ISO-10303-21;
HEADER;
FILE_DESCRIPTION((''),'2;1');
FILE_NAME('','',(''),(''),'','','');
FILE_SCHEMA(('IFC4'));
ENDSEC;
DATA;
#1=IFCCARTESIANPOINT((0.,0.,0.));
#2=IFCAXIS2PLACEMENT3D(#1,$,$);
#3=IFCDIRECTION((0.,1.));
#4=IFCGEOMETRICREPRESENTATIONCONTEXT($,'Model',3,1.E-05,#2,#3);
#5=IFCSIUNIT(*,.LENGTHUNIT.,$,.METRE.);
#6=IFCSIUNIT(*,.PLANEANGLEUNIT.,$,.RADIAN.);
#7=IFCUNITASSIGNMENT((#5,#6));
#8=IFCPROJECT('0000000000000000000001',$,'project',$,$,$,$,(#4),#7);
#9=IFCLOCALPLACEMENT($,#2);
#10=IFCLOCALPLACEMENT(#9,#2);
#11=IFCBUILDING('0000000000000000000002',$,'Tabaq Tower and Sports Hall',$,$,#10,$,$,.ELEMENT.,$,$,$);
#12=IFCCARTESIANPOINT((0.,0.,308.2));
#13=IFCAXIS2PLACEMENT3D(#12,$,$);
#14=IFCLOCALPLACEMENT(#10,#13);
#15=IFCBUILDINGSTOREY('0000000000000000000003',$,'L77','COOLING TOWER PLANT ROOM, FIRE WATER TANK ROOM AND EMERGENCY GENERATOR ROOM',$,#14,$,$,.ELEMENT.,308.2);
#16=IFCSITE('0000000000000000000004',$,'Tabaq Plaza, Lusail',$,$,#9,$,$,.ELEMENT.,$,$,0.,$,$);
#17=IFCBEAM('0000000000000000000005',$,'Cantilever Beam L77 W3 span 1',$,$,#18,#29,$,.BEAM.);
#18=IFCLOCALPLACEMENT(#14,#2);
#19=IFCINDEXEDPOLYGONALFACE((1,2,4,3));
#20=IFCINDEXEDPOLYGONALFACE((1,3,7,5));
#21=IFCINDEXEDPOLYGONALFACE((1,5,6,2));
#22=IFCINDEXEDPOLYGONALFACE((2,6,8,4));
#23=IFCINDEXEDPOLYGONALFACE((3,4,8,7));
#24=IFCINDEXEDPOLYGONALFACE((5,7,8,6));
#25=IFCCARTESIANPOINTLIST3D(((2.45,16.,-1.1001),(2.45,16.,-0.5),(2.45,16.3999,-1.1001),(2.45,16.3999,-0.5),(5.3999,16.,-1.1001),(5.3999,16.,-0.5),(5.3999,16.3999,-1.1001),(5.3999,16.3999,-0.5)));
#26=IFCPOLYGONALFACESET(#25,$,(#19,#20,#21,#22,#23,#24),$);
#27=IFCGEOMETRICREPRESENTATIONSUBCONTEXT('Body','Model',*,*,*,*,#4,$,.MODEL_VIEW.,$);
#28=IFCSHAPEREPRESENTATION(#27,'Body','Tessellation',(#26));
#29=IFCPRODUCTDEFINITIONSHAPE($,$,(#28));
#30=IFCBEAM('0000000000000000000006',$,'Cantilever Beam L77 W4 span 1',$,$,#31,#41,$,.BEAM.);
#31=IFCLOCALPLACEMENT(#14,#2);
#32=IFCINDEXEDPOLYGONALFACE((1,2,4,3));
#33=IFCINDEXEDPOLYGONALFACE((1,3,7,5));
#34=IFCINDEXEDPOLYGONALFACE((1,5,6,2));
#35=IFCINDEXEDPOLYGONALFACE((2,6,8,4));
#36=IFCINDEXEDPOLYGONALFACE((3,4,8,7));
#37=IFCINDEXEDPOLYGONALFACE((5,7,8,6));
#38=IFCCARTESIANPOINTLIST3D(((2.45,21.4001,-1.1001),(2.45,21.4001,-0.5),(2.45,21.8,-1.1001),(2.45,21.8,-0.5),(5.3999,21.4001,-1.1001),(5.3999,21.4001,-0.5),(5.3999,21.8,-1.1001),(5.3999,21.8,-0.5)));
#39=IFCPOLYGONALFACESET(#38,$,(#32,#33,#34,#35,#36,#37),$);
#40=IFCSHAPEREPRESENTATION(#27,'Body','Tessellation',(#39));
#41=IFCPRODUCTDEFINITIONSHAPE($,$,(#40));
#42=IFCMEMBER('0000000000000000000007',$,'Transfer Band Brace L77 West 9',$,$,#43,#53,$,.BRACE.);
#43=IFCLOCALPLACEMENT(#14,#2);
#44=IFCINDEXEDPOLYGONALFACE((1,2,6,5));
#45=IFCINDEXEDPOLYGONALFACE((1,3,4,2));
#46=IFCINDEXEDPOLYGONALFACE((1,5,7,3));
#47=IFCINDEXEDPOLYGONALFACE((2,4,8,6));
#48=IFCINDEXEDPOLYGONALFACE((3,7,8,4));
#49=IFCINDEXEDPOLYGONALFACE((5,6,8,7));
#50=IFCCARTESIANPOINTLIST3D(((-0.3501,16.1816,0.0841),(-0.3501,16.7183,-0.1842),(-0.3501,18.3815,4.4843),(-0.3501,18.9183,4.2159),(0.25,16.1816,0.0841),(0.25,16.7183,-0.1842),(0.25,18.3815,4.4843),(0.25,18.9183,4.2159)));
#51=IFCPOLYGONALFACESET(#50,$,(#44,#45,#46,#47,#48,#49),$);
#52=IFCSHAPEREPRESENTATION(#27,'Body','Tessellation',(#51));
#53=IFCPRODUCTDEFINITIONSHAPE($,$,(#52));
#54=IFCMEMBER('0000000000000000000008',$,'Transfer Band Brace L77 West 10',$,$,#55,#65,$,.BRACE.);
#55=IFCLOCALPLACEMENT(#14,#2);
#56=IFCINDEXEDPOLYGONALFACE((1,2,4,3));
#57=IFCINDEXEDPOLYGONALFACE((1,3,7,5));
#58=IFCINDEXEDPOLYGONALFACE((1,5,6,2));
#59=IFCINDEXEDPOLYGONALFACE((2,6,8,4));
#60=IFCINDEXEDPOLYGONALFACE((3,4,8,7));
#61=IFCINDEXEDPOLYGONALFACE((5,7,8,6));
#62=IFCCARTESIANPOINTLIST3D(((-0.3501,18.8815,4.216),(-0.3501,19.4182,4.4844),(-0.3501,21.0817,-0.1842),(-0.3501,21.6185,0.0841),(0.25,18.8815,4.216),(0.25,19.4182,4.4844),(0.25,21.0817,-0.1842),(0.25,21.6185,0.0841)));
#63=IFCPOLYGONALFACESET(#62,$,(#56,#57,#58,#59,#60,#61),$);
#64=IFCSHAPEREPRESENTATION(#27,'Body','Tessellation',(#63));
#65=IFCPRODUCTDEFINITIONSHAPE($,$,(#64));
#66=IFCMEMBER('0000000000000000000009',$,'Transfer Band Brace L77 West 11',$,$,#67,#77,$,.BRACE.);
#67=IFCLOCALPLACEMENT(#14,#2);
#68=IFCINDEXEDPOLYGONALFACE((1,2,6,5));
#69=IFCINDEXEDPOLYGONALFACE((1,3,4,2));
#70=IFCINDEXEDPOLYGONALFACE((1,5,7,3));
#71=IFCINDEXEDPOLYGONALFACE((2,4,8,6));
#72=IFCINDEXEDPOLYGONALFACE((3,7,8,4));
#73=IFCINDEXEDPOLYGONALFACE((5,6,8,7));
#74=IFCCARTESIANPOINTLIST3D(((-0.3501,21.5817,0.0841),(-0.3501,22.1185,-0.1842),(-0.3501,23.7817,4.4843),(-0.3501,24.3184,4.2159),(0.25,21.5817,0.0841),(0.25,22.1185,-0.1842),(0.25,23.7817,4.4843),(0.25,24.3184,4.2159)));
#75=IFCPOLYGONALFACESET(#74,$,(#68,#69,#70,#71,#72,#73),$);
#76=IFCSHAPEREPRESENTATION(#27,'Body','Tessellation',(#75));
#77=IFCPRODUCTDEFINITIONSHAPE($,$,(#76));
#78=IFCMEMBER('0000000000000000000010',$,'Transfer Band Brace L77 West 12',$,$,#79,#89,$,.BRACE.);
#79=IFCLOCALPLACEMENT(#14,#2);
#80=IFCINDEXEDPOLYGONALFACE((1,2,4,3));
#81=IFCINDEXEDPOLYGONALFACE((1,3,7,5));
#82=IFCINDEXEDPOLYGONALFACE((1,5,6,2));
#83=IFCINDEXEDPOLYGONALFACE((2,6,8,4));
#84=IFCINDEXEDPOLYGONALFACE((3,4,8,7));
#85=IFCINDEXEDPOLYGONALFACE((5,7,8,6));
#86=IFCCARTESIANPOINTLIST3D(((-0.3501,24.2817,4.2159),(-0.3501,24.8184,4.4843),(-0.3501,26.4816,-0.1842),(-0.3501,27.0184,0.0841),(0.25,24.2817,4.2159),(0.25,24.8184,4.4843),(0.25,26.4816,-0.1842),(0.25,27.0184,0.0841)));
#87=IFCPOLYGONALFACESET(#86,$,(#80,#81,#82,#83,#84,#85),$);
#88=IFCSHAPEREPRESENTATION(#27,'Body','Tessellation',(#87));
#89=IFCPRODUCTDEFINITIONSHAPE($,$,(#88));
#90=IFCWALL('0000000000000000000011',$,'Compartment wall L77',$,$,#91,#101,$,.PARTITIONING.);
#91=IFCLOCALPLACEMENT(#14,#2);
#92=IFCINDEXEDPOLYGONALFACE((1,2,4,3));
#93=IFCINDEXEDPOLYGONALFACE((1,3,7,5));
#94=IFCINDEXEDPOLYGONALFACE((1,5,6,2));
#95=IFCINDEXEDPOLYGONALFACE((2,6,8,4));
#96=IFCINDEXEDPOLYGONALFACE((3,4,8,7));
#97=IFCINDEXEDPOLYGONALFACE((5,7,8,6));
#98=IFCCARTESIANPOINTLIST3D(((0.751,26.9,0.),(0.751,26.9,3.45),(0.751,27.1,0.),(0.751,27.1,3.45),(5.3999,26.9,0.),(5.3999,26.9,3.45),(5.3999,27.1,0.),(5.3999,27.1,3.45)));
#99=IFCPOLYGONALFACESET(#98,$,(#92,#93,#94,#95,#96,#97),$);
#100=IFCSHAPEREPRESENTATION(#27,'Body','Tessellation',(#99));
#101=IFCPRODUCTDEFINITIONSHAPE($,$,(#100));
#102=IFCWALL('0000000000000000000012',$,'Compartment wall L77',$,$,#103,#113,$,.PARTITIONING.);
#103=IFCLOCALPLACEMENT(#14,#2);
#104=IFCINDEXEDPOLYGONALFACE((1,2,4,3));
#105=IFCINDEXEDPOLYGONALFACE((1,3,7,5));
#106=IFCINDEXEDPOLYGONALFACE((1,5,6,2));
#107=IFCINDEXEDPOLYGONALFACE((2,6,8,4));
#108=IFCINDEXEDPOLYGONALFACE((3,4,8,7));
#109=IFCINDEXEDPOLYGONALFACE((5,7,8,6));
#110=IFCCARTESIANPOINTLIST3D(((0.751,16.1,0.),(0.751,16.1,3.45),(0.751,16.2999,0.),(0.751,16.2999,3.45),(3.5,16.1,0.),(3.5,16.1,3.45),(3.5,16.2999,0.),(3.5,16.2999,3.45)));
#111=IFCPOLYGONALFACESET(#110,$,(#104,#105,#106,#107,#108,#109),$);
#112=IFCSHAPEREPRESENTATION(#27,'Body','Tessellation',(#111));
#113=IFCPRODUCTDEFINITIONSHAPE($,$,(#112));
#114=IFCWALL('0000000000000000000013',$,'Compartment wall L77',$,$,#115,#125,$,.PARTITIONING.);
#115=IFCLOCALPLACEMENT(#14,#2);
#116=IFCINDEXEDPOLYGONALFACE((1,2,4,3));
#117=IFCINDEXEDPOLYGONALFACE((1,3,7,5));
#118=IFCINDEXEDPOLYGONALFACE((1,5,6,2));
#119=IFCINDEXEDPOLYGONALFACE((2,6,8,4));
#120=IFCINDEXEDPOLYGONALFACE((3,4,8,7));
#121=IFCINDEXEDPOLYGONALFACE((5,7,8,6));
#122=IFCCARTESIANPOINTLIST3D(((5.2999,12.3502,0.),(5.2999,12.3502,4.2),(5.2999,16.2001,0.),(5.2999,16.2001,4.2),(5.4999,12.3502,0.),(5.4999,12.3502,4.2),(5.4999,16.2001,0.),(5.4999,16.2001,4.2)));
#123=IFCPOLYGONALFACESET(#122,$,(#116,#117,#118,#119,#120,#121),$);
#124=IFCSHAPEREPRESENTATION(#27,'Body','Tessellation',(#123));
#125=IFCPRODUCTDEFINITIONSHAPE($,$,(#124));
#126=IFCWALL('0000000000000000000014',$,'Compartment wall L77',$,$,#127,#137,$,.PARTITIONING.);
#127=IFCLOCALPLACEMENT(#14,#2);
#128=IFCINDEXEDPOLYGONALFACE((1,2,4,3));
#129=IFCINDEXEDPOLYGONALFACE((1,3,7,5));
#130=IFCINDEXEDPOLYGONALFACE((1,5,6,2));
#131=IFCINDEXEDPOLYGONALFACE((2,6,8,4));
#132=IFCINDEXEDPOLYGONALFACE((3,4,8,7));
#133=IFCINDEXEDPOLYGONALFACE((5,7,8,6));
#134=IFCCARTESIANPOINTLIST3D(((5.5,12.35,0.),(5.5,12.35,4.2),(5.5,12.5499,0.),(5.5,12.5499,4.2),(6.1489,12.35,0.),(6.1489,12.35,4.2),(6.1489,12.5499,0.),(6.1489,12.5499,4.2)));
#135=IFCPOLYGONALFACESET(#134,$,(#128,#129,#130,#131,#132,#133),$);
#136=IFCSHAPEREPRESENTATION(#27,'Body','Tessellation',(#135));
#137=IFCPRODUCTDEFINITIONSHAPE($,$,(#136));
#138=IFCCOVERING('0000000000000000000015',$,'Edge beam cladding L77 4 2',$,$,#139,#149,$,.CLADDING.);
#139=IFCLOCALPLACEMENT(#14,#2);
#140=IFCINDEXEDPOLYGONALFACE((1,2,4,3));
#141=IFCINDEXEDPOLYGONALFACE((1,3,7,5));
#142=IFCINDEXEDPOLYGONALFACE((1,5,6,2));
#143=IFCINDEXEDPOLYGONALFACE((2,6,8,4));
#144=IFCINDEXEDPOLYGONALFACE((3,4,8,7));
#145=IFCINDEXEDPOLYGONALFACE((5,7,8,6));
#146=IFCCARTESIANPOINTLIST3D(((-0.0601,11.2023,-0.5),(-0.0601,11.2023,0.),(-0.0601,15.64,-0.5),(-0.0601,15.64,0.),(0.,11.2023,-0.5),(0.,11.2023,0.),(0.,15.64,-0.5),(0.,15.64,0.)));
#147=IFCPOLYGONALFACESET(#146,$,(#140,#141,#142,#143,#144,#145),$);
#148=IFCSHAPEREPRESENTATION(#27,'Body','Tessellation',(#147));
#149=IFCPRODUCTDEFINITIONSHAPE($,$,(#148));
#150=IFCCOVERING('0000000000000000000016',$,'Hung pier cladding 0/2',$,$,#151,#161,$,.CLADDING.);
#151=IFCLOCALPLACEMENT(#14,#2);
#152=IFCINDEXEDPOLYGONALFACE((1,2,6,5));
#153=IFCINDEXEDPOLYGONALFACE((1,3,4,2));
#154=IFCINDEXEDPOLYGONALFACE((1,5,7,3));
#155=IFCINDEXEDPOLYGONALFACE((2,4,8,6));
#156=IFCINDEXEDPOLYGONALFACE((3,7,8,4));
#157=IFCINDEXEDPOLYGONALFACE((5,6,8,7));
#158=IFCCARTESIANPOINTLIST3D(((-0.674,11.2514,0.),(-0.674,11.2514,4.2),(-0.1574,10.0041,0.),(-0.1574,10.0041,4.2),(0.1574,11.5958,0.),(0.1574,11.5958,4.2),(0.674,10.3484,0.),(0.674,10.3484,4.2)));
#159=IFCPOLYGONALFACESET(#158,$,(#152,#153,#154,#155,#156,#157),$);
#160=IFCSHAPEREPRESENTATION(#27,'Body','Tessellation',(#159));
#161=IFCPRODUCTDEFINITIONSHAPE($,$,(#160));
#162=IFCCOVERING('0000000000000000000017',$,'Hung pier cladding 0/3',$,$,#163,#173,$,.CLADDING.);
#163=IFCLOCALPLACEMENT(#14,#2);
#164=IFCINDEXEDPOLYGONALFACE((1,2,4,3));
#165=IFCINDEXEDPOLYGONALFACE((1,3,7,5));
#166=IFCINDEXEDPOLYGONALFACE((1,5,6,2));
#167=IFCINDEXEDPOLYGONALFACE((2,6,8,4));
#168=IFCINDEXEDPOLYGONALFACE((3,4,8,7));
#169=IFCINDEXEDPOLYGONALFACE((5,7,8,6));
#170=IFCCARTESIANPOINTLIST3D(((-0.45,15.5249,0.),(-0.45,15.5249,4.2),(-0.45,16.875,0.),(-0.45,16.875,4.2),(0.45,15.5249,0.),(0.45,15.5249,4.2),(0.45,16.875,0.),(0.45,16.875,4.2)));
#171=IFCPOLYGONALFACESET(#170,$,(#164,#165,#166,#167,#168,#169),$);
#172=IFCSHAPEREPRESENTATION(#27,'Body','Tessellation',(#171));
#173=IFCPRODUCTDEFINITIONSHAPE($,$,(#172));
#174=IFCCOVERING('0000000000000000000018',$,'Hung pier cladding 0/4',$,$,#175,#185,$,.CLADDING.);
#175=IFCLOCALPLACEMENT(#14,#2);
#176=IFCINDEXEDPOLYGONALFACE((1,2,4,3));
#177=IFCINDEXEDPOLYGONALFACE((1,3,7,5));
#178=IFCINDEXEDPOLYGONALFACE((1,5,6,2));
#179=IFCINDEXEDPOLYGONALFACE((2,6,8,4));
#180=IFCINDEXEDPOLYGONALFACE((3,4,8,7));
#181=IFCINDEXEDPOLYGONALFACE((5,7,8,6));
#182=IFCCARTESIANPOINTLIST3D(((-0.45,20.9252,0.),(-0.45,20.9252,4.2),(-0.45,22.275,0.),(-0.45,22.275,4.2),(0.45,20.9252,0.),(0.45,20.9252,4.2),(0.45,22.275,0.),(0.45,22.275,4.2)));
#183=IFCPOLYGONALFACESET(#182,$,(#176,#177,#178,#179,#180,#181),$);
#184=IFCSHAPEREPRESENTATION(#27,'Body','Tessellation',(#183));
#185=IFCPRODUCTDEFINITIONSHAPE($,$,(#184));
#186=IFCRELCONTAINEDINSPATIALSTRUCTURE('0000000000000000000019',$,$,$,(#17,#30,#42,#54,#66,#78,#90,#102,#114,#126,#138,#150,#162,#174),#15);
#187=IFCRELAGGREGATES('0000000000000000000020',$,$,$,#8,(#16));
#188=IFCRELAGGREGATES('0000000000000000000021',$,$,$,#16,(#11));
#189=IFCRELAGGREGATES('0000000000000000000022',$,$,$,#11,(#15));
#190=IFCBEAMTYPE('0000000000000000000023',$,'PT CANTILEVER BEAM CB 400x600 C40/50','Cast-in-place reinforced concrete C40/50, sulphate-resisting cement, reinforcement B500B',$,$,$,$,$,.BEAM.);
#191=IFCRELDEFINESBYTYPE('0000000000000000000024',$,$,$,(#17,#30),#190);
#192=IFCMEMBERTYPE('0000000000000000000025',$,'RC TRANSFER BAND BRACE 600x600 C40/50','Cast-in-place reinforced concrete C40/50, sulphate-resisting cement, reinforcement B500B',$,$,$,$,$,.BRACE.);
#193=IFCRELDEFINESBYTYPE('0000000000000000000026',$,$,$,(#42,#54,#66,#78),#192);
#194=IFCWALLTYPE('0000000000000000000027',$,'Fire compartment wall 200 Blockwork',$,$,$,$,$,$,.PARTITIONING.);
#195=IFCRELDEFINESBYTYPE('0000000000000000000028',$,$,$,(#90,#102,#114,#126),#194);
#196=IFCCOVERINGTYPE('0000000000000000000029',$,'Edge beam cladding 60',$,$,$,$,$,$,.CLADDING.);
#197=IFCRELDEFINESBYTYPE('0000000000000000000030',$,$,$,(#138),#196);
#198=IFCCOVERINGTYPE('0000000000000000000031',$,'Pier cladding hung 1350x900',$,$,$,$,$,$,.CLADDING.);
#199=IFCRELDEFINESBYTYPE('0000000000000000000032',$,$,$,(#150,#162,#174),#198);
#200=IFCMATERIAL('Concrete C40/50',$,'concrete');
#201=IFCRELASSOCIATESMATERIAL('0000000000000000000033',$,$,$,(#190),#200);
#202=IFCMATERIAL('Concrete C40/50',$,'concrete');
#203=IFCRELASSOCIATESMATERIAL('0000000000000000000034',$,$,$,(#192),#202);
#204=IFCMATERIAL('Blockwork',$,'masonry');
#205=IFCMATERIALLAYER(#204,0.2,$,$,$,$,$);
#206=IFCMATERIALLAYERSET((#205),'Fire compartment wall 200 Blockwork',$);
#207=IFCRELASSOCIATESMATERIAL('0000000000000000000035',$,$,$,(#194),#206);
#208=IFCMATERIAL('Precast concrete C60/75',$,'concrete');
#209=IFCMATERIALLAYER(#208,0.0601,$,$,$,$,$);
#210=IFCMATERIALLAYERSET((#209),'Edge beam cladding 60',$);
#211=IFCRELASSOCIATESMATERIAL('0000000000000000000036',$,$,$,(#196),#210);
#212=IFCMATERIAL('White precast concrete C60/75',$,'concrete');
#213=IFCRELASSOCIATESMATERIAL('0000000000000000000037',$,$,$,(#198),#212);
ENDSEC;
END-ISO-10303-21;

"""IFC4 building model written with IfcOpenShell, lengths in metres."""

from ifc_helpers import new_model, si_unit, direction, frame, frame_2d, origin, origin_2d, place, context, subcontext, project, spatial, rectangle, extrude, material, layer, layer_set, material_profile, profile_set, type_object, element, save


model = new_model("IFC4")

# Units and contexts
model_context = context("Model", 3, precision=1e-05, world=origin(), true_north=direction((0.0, 1.0)))
body_context = subcontext(model_context, "Body", "Model", "MODEL_VIEW")
ifc_project = project(units=[si_unit("LENGTHUNIT", "METRE"), si_unit("PLANEANGLEUNIT", "RADIAN")], contexts=[model_context])

# Site, building, storey
site_placement = place(None, origin())
site = spatial("IfcSite", under=ifc_project, at=site_placement, Name="Tabaq Plaza, Lusail", CompositionType="ELEMENT", RefElevation=0.0)
building_placement = place(site_placement, origin())
building = spatial("IfcBuilding", under=site, at=building_placement, Name="Tabaq Tower and Sports Hall", CompositionType="ELEMENT")
storey_placement = place(building_placement, frame((0.0, 0.0, 308.2)))
storey = spatial("IfcBuildingStorey", under=building, at=storey_placement, Name="L77", Description="COOLING TOWER PLANT ROOM, FIRE WATER TANK ROOM AND EMERGENCY GENERATOR ROOM", CompositionType="ELEMENT", Elevation=308.2)

# Beams
ifc_material_1 = material(Name="Concrete C40/50", Category="concrete")
ifc_material_profile_1 = material_profile(ifc_material_1, rectangle(XDim=0.3999, YDim=0.6001, at=origin_2d()), Name="CB 400x600")
ifc_profile_set_1 = profile_set([ifc_material_profile_1], Name="Concrete C40/50")
beam_type = type_object("IfcBeamType", Name="PT CANTILEVER BEAM CB 400x600 C40/50", Description="Cast-in-place reinforced concrete C40/50, sulphate-resisting cement, reinforcement B500B", PredefinedType="BEAM", material=ifc_profile_set_1)
for number, where, z_axis, x_axis, name in (
    (1, (2.45, 16.2, -0.8), (1.0, 0.0, 0.0), (0.0, 1.0, 0.0), "Cantilever Beam L77 W3 span 1"),
    (2, (2.45, 21.6001, -0.8), (1.0, 0.0, 0.0), (0.0, 1.0, 0.0), "Cantilever Beam L77 W4 span 1"),
):
    element("IfcBeam", number, at=place(storey_placement, frame(where, z_axis=z_axis, x_axis=x_axis)), inside=storey, type_object=beam_type, Name=name, PredefinedType="BEAM", context=body_context, shape_type="SweptSolid", body=[
        extrude(rectangle(XDim=0.3999, YDim=0.6001, at=origin_2d()), origin(), (0.0, 0.0, 1.0), 2.95),
    ])

# Members
ifc_material_2 = material(Name="Concrete C40/50", Category="concrete")
ifc_material_profile_2 = material_profile(ifc_material_2, rectangle(XDim=0.6001, YDim=0.6001, at=origin_2d()), Name="TRANSFER BAND BRACE 600x600")
ifc_profile_set_2 = profile_set([ifc_material_profile_2], Name="Concrete C40/50")
member_type = type_object("IfcMemberType", Name="RC TRANSFER BAND BRACE 600x600 C40/50", Description="Cast-in-place reinforced concrete C40/50, sulphate-resisting cement, reinforcement B500B", PredefinedType="BRACE", material=ifc_profile_set_2)
member_1_placement = place(storey_placement, frame((-0.05, 16.45, -0.05), z_axis=(0.0, 0.447194, 0.894437), x_axis=(-1.0, 0.0, 0.0)))
element("IfcMember", 3, at=member_1_placement, inside=storey, type_object=member_type, Name="Transfer Band Brace L77 West 9", PredefinedType="BRACE", context=body_context, shape_type="SweptSolid", body=[
    extrude(rectangle(XDim=0.6001, YDim=0.6001, at=origin_2d()), origin(), (0.0, 0.0, 1.0), 4.9194),
])
member_2_placement = place(storey_placement, frame((-0.05, 21.3501, -0.05), z_axis=(0.0, -0.447233, 0.894417), x_axis=(1.0, 0.0, 0.0)))
element("IfcMember", 4, at=member_2_placement, inside=storey, type_object=member_type, Name="Transfer Band Brace L77 West 10", PredefinedType="BRACE", context=body_context, shape_type="SweptSolid", body=[
    extrude(rectangle(XDim=0.6001, YDim=0.6001, at=origin_2d()), origin(), (0.0, 0.0, 1.0), 4.9197),
])
for number, where, z_axis, x_axis, name in (
    (5, (-0.05, 21.8501, -0.05), (0.0, 0.447194, 0.894437), (-1.0, 0.0, 0.0), "Transfer Band Brace L77 West 11"),
    (6, (-0.05, 26.75, -0.05), (0.0, -0.447194, 0.894437), (1.0, 0.0, 0.0), "Transfer Band Brace L77 West 12"),
):
    element("IfcMember", number, at=place(storey_placement, frame(where, z_axis=z_axis, x_axis=x_axis)), inside=storey, type_object=member_type, Name=name, PredefinedType="BRACE", context=body_context, shape_type="SweptSolid", body=[
        extrude(rectangle(XDim=0.6001, YDim=0.6001, at=origin_2d()), origin(), (0.0, 0.0, 1.0), 4.9194),
    ])

# Walls
ifc_material_3 = material(Name="Blockwork", Category="masonry")
ifc_layer_1 = layer(ifc_material_3, 0.2)
ifc_layer_set_1 = layer_set([ifc_layer_1], Name="Fire compartment wall 200 Blockwork")
wall_type = type_object("IfcWallType", Name="Fire compartment wall 200 Blockwork", PredefinedType="PARTITIONING", material=ifc_layer_set_1)
wall_1_placement = place(storey_placement, frame((0.751, 27.0, 0.0), z_axis=(0.0, 0.0, 1.0), x_axis=(1.0, 0.0, 0.0)))
element("IfcWall", 7, at=wall_1_placement, inside=storey, type_object=wall_type, Name="Compartment wall L77", PredefinedType="PARTITIONING", context=body_context, shape_type="SweptSolid", body=[
    extrude(rectangle(XDim=4.6489, YDim=0.2, at=frame_2d((2.3245, 0.0))), origin(), (0.0, 0.0, 1.0), 3.45),
])
wall_2_placement = place(storey_placement, frame((3.5, 16.2, 0.0), z_axis=(0.0, 0.0, 1.0), x_axis=(-1.0, 0.0, 0.0)))
element("IfcWall", 8, at=wall_2_placement, inside=storey, type_object=wall_type, Name="Compartment wall L77", PredefinedType="PARTITIONING", context=body_context, shape_type="SweptSolid", body=[
    extrude(rectangle(XDim=2.749, YDim=0.2, at=frame_2d((1.3745, 0.0))), origin(), (0.0, 0.0, 1.0), 3.45),
])
wall_3_placement = place(storey_placement, frame((5.3999, 16.2, 0.0), z_axis=(0.0, 0.0, 1.0), x_axis=(0.0, -1.0, 0.0)))
element("IfcWall", 9, at=wall_3_placement, inside=storey, type_object=wall_type, Name="Compartment wall L77", PredefinedType="PARTITIONING", context=body_context, shape_type="SweptSolid", body=[
    extrude(rectangle(XDim=3.8499, YDim=0.2, at=frame_2d((1.9248, 0.0))), origin(), (0.0, 0.0, 1.0), 4.2),
])
wall_4_placement = place(storey_placement, frame((5.5, 12.45, 0.0), z_axis=(0.0, 0.0, 1.0), x_axis=(1.0, 0.0, 0.0)))
element("IfcWall", 10, at=wall_4_placement, inside=storey, type_object=wall_type, Name="Compartment wall L77", PredefinedType="PARTITIONING", context=body_context, shape_type="SweptSolid", body=[
    extrude(rectangle(XDim=0.6489, YDim=0.2, at=frame_2d((0.3245, 0.0))), origin(), (0.0, 0.0, 1.0), 4.2),
])

# Coverings
ifc_material_4 = material(Name="Precast concrete C60/75", Category="concrete")
ifc_layer_2 = layer(ifc_material_4, 0.0601)
ifc_layer_set_2 = layer_set([ifc_layer_2], Name="Edge beam cladding 60")
covering_type_1 = type_object("IfcCoveringType", Name="Edge beam cladding 60", PredefinedType="CLADDING", material=ifc_layer_set_2)
covering_1_placement = place(storey_placement, frame((-0.03, 15.6399, -0.5), z_axis=(0.0, 0.0, 1.0), x_axis=(0.0, -1.0, 0.0)))
element("IfcCovering", 11, at=covering_1_placement, inside=storey, type_object=covering_type_1, Name="Edge beam cladding L77 4 2", PredefinedType="CLADDING", context=body_context, shape_type="SweptSolid", body=[
    extrude(rectangle(XDim=4.4377, YDim=0.0601, at=frame_2d((2.2188, 0.0))), origin(), (0.0, 0.0, 1.0), 0.5),
])
ifc_material_5 = material(Name="White precast concrete C60/75", Category="concrete")
covering_type_2 = type_object("IfcCoveringType", Name="Pier cladding hung 1350x900", PredefinedType="CLADDING", material=ifc_material_5)
for number, where, z_axis, x_axis, name in (
    (12, (-0.2583, 11.4236, 0.0), (0.0, 0.0, 1.0), (0.38265, -0.923893, 0.0), "Hung pier cladding 0/2"),
    (13, (0.0, 16.875, 0.0), (0.0, 0.0, 1.0), (0.0, -1.0, 0.0), "Hung pier cladding 0/3"),
):
    element("IfcCovering", number, at=place(storey_placement, frame(where, z_axis=z_axis, x_axis=x_axis)), inside=storey, type_object=covering_type_2, Name=name, PredefinedType="CLADDING", context=body_context, shape_type="SweptSolid", body=[
        extrude(rectangle(XDim=1.3501, YDim=0.8999, at=frame_2d((0.675, 0.0))), origin(), (0.0, 0.0, 1.0), 4.2),
    ])
covering_2_placement = place(storey_placement, frame((0.0, 22.2749, 0.0), z_axis=(0.0, 0.0, 1.0), x_axis=(0.0, -1.0, 0.0)))
element("IfcCovering", 14, at=covering_2_placement, inside=storey, type_object=covering_type_2, Name="Hung pier cladding 0/4", PredefinedType="CLADDING", context=body_context, shape_type="SweptSolid", body=[
    extrude(rectangle(XDim=1.3499, YDim=0.8999, at=frame_2d((0.6748, 0.0))), origin(), (0.0, 0.0, 1.0), 4.2),
])

save(model, "model.ifc")
